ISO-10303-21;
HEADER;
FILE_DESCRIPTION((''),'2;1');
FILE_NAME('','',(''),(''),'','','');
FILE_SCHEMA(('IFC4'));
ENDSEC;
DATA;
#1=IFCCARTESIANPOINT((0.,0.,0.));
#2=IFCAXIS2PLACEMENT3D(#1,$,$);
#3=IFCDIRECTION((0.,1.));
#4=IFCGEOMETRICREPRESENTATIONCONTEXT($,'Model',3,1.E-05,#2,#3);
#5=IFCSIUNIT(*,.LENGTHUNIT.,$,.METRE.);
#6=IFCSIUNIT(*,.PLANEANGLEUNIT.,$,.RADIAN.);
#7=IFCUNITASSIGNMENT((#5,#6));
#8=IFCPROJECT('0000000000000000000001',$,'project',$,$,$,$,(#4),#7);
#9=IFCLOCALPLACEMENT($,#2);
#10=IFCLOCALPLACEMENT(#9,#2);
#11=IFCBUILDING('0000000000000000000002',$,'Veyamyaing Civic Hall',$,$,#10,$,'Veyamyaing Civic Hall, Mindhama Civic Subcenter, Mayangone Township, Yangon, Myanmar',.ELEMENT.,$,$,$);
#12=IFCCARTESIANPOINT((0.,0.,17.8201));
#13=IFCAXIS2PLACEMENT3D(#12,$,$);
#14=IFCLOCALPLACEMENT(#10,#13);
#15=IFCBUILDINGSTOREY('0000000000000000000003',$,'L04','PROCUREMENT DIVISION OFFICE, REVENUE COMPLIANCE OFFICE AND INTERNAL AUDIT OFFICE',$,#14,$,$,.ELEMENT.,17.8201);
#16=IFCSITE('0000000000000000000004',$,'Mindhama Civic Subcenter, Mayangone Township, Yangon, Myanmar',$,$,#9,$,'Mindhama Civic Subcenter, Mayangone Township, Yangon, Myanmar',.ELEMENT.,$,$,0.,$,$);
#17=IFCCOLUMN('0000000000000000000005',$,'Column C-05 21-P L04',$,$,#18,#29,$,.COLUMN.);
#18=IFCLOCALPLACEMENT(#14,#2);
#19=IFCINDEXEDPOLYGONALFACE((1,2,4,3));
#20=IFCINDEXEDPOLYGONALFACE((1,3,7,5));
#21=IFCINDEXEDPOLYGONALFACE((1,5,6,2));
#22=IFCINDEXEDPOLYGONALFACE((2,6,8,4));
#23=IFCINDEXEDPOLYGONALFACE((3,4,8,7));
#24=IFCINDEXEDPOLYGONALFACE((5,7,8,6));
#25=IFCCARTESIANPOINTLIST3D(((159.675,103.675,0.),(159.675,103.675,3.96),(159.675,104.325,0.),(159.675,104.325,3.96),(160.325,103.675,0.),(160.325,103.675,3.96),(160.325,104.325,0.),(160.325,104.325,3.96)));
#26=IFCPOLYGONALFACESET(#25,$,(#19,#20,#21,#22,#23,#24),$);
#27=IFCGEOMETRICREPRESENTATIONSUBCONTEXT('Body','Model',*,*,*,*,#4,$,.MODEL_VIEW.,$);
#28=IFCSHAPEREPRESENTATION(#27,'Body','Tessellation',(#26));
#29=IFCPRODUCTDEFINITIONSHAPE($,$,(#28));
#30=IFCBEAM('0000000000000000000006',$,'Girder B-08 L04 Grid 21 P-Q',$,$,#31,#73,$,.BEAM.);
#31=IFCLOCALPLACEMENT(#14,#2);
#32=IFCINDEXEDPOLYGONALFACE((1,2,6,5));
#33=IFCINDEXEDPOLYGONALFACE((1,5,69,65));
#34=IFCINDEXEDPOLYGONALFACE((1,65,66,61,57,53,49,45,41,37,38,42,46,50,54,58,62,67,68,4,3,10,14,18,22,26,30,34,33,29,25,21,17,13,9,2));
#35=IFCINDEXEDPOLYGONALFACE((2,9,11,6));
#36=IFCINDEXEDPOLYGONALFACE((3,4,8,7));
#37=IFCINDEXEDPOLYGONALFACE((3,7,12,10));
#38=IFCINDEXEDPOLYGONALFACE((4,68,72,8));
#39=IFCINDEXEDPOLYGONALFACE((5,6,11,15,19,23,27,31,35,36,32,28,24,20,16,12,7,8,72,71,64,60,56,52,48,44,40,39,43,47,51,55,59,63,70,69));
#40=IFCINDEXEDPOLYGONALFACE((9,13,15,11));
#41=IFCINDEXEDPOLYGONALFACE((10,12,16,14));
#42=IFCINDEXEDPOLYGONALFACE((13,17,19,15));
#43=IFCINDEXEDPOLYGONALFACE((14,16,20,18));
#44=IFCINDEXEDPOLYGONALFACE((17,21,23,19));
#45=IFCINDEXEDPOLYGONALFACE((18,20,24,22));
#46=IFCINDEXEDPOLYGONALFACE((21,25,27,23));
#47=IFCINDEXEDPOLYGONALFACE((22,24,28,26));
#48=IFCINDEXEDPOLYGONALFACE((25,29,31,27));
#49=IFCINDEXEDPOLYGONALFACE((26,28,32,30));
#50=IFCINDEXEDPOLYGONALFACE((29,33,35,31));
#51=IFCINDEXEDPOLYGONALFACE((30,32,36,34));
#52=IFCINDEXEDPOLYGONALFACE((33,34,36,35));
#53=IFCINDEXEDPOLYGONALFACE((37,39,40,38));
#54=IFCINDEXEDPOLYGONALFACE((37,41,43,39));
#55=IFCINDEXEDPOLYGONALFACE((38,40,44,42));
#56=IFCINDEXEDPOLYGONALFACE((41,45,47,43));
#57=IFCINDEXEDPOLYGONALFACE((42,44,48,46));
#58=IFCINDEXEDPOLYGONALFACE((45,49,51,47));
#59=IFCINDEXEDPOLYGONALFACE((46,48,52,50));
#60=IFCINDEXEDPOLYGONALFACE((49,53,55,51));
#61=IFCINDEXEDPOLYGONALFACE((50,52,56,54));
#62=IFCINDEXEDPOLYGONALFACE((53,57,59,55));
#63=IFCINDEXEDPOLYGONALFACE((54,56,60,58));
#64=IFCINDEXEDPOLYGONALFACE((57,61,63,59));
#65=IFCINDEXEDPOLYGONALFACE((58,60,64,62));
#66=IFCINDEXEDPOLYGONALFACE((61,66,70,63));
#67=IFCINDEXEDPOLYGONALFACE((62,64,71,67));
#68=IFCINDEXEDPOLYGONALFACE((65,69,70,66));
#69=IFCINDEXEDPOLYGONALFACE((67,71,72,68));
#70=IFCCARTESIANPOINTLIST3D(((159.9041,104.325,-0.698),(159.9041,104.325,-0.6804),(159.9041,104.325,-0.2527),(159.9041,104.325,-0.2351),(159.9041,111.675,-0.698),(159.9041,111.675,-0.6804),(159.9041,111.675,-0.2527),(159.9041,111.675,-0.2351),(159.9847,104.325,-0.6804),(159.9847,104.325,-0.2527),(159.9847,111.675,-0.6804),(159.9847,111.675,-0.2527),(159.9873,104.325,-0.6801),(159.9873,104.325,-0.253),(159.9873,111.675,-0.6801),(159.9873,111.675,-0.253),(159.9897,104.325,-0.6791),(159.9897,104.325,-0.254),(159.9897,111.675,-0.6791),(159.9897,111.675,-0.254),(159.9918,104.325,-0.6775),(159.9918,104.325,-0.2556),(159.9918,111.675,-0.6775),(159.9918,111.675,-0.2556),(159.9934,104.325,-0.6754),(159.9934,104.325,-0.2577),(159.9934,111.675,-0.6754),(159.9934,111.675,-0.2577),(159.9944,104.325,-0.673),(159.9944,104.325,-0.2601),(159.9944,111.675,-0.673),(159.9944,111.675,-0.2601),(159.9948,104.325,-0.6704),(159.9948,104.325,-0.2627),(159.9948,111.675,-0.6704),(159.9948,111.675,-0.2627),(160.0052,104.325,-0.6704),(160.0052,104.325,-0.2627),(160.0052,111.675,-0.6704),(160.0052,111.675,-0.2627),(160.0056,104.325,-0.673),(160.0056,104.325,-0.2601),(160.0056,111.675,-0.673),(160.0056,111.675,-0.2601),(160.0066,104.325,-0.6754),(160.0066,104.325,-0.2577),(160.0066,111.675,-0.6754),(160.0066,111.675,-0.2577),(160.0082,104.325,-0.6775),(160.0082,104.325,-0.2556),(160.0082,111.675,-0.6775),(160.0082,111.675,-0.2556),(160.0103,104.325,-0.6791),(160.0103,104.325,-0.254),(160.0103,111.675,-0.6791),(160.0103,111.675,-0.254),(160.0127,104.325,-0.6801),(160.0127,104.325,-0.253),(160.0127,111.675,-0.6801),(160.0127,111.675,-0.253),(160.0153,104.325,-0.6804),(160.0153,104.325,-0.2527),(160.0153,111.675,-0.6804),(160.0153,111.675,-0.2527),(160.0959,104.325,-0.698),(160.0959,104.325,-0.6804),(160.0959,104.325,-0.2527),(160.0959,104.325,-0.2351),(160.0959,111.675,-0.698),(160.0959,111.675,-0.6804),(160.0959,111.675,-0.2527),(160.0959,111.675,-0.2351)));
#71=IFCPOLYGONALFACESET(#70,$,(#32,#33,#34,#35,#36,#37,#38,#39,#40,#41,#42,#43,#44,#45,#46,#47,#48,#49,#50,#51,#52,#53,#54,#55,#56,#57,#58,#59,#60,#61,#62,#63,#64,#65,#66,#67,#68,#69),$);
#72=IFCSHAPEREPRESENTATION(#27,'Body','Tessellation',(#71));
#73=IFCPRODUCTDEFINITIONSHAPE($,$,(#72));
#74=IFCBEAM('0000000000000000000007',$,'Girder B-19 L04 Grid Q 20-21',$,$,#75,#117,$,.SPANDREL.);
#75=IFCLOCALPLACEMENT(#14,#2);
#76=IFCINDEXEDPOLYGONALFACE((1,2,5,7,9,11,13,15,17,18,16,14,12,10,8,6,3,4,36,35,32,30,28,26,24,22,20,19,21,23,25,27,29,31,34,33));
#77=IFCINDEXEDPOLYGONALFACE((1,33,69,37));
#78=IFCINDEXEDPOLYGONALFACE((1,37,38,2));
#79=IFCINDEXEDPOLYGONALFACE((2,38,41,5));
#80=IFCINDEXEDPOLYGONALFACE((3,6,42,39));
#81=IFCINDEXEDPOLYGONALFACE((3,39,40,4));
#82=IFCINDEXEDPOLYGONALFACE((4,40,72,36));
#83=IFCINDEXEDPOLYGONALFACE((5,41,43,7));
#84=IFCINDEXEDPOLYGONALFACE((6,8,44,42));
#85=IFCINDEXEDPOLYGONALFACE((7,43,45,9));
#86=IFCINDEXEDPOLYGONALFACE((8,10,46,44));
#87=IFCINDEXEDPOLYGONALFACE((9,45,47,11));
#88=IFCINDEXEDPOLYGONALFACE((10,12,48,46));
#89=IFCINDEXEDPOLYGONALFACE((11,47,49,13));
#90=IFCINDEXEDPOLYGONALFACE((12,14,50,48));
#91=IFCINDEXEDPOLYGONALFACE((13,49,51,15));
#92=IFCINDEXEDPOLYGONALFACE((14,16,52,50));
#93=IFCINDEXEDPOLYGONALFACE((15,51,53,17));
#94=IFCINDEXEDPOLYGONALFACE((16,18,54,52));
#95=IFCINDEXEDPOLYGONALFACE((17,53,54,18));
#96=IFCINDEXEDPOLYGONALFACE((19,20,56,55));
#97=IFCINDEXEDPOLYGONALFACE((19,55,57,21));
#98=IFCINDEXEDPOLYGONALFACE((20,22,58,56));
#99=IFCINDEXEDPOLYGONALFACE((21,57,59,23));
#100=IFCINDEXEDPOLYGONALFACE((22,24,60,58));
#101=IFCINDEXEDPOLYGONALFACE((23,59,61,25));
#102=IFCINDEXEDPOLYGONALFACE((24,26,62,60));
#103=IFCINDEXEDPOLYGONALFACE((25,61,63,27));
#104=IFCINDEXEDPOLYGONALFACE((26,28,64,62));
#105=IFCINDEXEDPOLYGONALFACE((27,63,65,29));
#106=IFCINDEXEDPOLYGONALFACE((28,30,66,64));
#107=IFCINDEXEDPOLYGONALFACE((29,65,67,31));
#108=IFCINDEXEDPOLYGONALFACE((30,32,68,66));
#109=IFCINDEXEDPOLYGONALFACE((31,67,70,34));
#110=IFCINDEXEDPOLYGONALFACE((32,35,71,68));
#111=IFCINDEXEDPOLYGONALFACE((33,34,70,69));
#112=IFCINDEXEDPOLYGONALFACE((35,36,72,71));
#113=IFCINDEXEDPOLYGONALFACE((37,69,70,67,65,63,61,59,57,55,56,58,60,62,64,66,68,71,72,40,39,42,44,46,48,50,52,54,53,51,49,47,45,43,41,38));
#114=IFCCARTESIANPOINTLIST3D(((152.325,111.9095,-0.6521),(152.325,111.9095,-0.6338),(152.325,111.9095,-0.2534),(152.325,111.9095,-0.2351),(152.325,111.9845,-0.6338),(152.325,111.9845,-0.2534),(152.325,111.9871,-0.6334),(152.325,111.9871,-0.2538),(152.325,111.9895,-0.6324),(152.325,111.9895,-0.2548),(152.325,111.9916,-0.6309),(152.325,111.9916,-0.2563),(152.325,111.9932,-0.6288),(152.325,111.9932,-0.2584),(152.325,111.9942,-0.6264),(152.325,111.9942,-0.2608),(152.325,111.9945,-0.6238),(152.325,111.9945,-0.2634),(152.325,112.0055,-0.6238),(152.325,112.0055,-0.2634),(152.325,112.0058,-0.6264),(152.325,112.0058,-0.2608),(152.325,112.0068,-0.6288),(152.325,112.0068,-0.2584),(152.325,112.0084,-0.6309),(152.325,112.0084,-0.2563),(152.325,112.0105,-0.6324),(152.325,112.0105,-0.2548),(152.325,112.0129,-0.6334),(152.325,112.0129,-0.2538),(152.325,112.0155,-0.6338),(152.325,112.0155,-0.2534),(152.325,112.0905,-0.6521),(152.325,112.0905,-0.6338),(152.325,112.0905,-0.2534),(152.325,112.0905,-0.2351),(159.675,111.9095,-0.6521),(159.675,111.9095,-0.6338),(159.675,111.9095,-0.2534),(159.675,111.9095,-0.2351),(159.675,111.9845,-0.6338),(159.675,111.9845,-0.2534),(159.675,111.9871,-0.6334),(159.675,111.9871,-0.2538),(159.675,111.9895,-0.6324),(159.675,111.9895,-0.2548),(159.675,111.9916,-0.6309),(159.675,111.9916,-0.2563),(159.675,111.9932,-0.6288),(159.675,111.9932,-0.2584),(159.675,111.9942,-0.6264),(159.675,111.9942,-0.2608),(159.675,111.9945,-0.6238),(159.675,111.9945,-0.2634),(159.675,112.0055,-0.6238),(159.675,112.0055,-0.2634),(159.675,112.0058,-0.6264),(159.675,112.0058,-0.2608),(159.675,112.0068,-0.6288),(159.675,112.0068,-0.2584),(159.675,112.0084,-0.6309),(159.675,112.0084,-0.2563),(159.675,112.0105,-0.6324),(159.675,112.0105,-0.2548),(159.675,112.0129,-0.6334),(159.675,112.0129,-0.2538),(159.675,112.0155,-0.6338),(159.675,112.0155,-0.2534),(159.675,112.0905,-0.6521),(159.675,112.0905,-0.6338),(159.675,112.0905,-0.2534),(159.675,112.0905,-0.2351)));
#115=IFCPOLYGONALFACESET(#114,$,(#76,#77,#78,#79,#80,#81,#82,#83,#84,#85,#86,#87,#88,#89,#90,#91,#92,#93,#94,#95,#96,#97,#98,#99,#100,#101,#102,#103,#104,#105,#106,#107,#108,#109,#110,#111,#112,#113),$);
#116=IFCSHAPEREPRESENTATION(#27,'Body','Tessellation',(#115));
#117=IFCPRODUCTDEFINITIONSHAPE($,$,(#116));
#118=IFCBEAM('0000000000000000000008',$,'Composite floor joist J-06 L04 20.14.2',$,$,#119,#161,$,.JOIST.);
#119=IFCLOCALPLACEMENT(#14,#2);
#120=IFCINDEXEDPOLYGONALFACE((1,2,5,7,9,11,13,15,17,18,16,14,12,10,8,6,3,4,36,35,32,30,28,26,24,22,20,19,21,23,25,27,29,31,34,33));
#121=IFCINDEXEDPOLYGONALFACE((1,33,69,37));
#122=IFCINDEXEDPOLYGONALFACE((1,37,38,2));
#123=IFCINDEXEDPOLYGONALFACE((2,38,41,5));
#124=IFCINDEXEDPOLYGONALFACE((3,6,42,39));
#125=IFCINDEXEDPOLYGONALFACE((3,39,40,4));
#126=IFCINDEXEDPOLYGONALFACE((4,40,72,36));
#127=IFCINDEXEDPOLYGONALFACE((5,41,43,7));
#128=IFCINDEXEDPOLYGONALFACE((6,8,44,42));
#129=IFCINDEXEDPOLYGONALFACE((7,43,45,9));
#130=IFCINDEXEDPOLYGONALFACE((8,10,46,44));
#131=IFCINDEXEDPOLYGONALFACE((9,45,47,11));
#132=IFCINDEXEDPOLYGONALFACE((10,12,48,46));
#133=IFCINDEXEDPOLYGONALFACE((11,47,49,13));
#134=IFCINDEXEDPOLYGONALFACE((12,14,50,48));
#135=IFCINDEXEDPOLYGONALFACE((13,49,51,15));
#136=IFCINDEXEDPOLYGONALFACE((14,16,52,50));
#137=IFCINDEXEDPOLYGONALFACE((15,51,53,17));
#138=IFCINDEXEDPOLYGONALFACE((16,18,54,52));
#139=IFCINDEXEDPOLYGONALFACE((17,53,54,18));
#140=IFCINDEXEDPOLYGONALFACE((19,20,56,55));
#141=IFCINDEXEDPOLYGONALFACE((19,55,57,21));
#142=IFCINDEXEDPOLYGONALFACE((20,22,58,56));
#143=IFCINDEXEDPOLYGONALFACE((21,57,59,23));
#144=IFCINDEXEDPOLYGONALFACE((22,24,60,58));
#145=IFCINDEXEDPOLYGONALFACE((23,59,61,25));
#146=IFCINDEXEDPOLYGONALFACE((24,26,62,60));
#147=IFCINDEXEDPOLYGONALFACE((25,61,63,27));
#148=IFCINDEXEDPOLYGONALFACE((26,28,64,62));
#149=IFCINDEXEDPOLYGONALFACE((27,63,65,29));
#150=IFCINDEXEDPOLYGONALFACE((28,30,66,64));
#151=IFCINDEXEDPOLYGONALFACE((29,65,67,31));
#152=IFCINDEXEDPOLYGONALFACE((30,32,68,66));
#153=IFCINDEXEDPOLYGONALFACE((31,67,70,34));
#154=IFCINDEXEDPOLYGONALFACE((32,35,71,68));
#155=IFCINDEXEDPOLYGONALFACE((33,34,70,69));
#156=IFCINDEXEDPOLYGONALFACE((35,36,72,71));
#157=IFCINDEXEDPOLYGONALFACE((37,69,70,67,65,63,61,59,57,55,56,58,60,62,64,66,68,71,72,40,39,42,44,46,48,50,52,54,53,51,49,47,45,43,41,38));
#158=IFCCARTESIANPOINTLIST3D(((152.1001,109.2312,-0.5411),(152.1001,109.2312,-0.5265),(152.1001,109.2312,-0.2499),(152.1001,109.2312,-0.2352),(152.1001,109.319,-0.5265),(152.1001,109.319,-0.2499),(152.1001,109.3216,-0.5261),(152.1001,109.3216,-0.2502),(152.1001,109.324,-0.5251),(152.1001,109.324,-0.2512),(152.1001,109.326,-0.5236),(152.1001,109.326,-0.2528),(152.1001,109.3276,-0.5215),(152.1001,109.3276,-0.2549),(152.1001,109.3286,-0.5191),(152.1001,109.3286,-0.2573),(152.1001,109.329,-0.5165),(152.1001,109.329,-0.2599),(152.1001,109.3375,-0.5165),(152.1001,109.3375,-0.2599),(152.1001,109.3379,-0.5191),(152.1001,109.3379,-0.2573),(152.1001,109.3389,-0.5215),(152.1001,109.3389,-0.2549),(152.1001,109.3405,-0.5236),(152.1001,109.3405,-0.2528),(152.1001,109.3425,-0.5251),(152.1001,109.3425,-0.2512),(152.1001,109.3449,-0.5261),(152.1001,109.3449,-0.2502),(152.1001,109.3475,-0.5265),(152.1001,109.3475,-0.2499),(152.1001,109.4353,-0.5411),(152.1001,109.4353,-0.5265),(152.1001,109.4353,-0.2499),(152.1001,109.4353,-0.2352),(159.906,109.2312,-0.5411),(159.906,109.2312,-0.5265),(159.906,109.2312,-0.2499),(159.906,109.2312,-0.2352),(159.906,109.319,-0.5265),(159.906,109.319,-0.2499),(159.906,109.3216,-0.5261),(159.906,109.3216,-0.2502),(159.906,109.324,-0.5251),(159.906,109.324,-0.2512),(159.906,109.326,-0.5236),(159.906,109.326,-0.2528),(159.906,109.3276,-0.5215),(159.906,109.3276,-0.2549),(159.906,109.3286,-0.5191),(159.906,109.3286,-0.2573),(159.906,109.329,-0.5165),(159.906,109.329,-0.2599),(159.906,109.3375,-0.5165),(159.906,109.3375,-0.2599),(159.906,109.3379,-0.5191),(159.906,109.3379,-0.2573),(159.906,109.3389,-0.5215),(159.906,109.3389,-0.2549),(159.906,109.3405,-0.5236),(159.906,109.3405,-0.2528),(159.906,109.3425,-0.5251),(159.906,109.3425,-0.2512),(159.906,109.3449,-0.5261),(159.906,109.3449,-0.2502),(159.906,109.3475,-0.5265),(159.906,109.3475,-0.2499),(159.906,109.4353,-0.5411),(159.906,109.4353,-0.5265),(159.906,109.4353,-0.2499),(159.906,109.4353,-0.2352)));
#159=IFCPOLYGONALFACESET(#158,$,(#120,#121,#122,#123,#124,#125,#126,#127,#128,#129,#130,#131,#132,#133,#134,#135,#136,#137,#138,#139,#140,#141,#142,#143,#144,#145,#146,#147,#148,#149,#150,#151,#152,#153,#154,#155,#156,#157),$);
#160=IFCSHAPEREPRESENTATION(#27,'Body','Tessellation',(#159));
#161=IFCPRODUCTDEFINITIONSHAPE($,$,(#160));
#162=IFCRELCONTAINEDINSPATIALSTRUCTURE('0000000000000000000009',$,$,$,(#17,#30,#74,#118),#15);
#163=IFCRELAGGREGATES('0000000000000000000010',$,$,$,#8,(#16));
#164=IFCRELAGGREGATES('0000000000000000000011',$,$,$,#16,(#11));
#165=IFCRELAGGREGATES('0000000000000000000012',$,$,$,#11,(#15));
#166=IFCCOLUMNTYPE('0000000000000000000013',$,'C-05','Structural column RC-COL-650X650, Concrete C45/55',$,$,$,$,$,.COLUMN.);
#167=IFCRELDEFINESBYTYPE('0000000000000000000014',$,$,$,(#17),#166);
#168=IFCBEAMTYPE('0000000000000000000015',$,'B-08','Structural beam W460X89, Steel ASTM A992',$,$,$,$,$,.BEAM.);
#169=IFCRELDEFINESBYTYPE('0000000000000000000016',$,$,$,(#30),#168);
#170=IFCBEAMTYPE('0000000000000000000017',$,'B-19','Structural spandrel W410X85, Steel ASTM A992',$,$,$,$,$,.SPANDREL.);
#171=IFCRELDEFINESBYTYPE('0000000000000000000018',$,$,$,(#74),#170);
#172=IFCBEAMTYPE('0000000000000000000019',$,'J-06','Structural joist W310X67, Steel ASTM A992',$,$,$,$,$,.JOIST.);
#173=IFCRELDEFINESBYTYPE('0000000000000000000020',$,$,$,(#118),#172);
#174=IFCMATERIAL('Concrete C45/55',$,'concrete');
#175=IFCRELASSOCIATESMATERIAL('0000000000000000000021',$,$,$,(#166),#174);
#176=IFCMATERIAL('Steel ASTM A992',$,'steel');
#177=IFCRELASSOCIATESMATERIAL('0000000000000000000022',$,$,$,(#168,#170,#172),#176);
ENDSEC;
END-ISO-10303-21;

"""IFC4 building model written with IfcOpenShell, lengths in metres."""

from ifc_helpers import new_model, si_unit, direction, frame, origin, origin_2d, place, context, subcontext, project, spatial, rectangle, i_section, extrude, material, material_profile, profile_set, type_object, element, save


model = new_model("IFC4")

# Units and contexts
model_context = context("Model", 3, precision=1e-05, world=origin(), true_north=direction((0.0, 1.0)))
body_context = subcontext(model_context, "Body", "Model", "MODEL_VIEW")
ifc_project = project(units=[si_unit("LENGTHUNIT", "METRE"), si_unit("PLANEANGLEUNIT", "RADIAN")], contexts=[model_context])

# Site, building, storey
site_placement = place(None, origin())
site = spatial("IfcSite", under=ifc_project, at=site_placement, Name="Mindhama Civic Subcenter, Mayangone Township, Yangon, Myanmar", LongName="Mindhama Civic Subcenter, Mayangone Township, Yangon, Myanmar", CompositionType="ELEMENT", RefElevation=0.0)
building_placement = place(site_placement, origin())
building = spatial("IfcBuilding", under=site, at=building_placement, Name="Veyamyaing Civic Hall", LongName="Veyamyaing Civic Hall, Mindhama Civic Subcenter, Mayangone Township, Yangon, Myanmar", CompositionType="ELEMENT")
storey_placement = place(building_placement, frame((0.0, 0.0, 17.8201)))
storey = spatial("IfcBuildingStorey", under=building, at=storey_placement, Name="L04", Description="PROCUREMENT DIVISION OFFICE, REVENUE COMPLIANCE OFFICE AND INTERNAL AUDIT OFFICE", CompositionType="ELEMENT", Elevation=17.8201)

# Column
ifc_material_1 = material(Name="Concrete C45/55", Category="concrete")
ifc_material_profile_1 = material_profile(ifc_material_1, rectangle(XDim=0.6499, YDim=0.6499, at=origin_2d()), Name="RC-COL-650X650")
ifc_profile_set_1 = profile_set([ifc_material_profile_1], Name="Concrete C45/55")
column_type = type_object("IfcColumnType", Name="C-05", Description="Structural column RC-COL-650X650, Concrete C45/55", PredefinedType="COLUMN", material=ifc_profile_set_1)
column_placement = place(storey_placement, frame((160.0, 104.0, 0.0), z_axis=(0.0, 0.0, 1.0), x_axis=(1.0, 0.0, 0.0)))
element("IfcColumn", 1, at=column_placement, inside=storey, type_object=column_type, Name="Column C-05 21-P L04", PredefinedType="COLUMN", context=body_context, shape_type="SweptSolid", body=[
    extrude(rectangle(XDim=0.6499, YDim=0.6499, at=origin_2d()), origin(), (0.0, 0.0, 1.0), 3.96),
])

# Beams
ifc_material_2 = material(Name="Steel ASTM A992", Category="steel")
ifc_material_profile_2 = material_profile(ifc_material_2, i_section(OverallWidth=0.1919, OverallDepth=0.4629, WebThickness=0.0105, FlangeThickness=0.0176, FilletRadius=0.01, at=origin_2d()), Name="W460X89")
ifc_profile_set_2 = profile_set([ifc_material_profile_2], Name="Steel ASTM A992")
beam_type_1 = type_object("IfcBeamType", Name="B-08", Description="Structural beam W460X89, Steel ASTM A992", PredefinedType="BEAM", material=ifc_profile_set_2)
beam_1_placement = place(storey_placement, frame((160.0, 104.325, -0.4666), z_axis=(0.0, 1.0, 0.0), x_axis=(-1.0, 0.0, 0.0)))
element("IfcBeam", 2, at=beam_1_placement, inside=storey, type_object=beam_type_1, Name="Girder B-08 L04 Grid 21 P-Q", PredefinedType="BEAM", context=body_context, shape_type="SweptSolid", body=[
    extrude(i_section(OverallWidth=0.1919, OverallDepth=0.4629, WebThickness=0.0105, FlangeThickness=0.0176, FilletRadius=0.01, at=origin_2d()), origin(), (0.0, 0.0, 1.0), 7.3501),
])
ifc_material_profile_3 = material_profile(ifc_material_2, i_section(OverallWidth=0.1809, OverallDepth=0.417, WebThickness=0.011, FlangeThickness=0.0183, FilletRadius=0.01, at=origin_2d()), Name="W410X85")
ifc_profile_set_3 = profile_set([ifc_material_profile_3], Name="Steel ASTM A992")
beam_type_2 = type_object("IfcBeamType", Name="B-19", Description="Structural spandrel W410X85, Steel ASTM A992", PredefinedType="SPANDREL", material=ifc_profile_set_3)
beam_2_placement = place(storey_placement, frame((152.325, 112.0, -0.4436), z_axis=(1.0, 0.0, 0.0), x_axis=(0.0, 1.0, 0.0)))
element("IfcBeam", 3, at=beam_2_placement, inside=storey, type_object=beam_type_2, Name="Girder B-19 L04 Grid Q 20-21", PredefinedType="SPANDREL", context=body_context, shape_type="SweptSolid", body=[
    extrude(i_section(OverallWidth=0.1809, OverallDepth=0.417, WebThickness=0.011, FlangeThickness=0.0183, FilletRadius=0.01, at=origin_2d()), origin(), (0.0, 0.0, 1.0), 7.3501),
])
ifc_material_profile_4 = material_profile(ifc_material_2, i_section(OverallWidth=0.2041, OverallDepth=0.3059, WebThickness=0.0085, FlangeThickness=0.0146, FilletRadius=0.01, at=origin_2d()), Name="W310X67")
ifc_profile_set_4 = profile_set([ifc_material_profile_4], Name="Steel ASTM A992")
beam_type_3 = type_object("IfcBeamType", Name="J-06", Description="Structural joist W310X67, Steel ASTM A992", PredefinedType="JOIST", material=ifc_profile_set_4)
beam_3_placement = place(storey_placement, frame((152.1001, 109.3333, -0.3882), z_axis=(1.0, 0.0, 0.0), x_axis=(0.0, 1.0, 0.0)))
element("IfcBeam", 4, at=beam_3_placement, inside=storey, type_object=beam_type_3, Name="Composite floor joist J-06 L04 20.14.2", PredefinedType="JOIST", context=body_context, shape_type="SweptSolid", body=[
    extrude(i_section(OverallWidth=0.2041, OverallDepth=0.3059, WebThickness=0.0085, FlangeThickness=0.0146, FilletRadius=0.01, at=origin_2d()), origin(), (0.0, 0.0, 1.0), 7.8059),
])

save(model, "model.ifc")
